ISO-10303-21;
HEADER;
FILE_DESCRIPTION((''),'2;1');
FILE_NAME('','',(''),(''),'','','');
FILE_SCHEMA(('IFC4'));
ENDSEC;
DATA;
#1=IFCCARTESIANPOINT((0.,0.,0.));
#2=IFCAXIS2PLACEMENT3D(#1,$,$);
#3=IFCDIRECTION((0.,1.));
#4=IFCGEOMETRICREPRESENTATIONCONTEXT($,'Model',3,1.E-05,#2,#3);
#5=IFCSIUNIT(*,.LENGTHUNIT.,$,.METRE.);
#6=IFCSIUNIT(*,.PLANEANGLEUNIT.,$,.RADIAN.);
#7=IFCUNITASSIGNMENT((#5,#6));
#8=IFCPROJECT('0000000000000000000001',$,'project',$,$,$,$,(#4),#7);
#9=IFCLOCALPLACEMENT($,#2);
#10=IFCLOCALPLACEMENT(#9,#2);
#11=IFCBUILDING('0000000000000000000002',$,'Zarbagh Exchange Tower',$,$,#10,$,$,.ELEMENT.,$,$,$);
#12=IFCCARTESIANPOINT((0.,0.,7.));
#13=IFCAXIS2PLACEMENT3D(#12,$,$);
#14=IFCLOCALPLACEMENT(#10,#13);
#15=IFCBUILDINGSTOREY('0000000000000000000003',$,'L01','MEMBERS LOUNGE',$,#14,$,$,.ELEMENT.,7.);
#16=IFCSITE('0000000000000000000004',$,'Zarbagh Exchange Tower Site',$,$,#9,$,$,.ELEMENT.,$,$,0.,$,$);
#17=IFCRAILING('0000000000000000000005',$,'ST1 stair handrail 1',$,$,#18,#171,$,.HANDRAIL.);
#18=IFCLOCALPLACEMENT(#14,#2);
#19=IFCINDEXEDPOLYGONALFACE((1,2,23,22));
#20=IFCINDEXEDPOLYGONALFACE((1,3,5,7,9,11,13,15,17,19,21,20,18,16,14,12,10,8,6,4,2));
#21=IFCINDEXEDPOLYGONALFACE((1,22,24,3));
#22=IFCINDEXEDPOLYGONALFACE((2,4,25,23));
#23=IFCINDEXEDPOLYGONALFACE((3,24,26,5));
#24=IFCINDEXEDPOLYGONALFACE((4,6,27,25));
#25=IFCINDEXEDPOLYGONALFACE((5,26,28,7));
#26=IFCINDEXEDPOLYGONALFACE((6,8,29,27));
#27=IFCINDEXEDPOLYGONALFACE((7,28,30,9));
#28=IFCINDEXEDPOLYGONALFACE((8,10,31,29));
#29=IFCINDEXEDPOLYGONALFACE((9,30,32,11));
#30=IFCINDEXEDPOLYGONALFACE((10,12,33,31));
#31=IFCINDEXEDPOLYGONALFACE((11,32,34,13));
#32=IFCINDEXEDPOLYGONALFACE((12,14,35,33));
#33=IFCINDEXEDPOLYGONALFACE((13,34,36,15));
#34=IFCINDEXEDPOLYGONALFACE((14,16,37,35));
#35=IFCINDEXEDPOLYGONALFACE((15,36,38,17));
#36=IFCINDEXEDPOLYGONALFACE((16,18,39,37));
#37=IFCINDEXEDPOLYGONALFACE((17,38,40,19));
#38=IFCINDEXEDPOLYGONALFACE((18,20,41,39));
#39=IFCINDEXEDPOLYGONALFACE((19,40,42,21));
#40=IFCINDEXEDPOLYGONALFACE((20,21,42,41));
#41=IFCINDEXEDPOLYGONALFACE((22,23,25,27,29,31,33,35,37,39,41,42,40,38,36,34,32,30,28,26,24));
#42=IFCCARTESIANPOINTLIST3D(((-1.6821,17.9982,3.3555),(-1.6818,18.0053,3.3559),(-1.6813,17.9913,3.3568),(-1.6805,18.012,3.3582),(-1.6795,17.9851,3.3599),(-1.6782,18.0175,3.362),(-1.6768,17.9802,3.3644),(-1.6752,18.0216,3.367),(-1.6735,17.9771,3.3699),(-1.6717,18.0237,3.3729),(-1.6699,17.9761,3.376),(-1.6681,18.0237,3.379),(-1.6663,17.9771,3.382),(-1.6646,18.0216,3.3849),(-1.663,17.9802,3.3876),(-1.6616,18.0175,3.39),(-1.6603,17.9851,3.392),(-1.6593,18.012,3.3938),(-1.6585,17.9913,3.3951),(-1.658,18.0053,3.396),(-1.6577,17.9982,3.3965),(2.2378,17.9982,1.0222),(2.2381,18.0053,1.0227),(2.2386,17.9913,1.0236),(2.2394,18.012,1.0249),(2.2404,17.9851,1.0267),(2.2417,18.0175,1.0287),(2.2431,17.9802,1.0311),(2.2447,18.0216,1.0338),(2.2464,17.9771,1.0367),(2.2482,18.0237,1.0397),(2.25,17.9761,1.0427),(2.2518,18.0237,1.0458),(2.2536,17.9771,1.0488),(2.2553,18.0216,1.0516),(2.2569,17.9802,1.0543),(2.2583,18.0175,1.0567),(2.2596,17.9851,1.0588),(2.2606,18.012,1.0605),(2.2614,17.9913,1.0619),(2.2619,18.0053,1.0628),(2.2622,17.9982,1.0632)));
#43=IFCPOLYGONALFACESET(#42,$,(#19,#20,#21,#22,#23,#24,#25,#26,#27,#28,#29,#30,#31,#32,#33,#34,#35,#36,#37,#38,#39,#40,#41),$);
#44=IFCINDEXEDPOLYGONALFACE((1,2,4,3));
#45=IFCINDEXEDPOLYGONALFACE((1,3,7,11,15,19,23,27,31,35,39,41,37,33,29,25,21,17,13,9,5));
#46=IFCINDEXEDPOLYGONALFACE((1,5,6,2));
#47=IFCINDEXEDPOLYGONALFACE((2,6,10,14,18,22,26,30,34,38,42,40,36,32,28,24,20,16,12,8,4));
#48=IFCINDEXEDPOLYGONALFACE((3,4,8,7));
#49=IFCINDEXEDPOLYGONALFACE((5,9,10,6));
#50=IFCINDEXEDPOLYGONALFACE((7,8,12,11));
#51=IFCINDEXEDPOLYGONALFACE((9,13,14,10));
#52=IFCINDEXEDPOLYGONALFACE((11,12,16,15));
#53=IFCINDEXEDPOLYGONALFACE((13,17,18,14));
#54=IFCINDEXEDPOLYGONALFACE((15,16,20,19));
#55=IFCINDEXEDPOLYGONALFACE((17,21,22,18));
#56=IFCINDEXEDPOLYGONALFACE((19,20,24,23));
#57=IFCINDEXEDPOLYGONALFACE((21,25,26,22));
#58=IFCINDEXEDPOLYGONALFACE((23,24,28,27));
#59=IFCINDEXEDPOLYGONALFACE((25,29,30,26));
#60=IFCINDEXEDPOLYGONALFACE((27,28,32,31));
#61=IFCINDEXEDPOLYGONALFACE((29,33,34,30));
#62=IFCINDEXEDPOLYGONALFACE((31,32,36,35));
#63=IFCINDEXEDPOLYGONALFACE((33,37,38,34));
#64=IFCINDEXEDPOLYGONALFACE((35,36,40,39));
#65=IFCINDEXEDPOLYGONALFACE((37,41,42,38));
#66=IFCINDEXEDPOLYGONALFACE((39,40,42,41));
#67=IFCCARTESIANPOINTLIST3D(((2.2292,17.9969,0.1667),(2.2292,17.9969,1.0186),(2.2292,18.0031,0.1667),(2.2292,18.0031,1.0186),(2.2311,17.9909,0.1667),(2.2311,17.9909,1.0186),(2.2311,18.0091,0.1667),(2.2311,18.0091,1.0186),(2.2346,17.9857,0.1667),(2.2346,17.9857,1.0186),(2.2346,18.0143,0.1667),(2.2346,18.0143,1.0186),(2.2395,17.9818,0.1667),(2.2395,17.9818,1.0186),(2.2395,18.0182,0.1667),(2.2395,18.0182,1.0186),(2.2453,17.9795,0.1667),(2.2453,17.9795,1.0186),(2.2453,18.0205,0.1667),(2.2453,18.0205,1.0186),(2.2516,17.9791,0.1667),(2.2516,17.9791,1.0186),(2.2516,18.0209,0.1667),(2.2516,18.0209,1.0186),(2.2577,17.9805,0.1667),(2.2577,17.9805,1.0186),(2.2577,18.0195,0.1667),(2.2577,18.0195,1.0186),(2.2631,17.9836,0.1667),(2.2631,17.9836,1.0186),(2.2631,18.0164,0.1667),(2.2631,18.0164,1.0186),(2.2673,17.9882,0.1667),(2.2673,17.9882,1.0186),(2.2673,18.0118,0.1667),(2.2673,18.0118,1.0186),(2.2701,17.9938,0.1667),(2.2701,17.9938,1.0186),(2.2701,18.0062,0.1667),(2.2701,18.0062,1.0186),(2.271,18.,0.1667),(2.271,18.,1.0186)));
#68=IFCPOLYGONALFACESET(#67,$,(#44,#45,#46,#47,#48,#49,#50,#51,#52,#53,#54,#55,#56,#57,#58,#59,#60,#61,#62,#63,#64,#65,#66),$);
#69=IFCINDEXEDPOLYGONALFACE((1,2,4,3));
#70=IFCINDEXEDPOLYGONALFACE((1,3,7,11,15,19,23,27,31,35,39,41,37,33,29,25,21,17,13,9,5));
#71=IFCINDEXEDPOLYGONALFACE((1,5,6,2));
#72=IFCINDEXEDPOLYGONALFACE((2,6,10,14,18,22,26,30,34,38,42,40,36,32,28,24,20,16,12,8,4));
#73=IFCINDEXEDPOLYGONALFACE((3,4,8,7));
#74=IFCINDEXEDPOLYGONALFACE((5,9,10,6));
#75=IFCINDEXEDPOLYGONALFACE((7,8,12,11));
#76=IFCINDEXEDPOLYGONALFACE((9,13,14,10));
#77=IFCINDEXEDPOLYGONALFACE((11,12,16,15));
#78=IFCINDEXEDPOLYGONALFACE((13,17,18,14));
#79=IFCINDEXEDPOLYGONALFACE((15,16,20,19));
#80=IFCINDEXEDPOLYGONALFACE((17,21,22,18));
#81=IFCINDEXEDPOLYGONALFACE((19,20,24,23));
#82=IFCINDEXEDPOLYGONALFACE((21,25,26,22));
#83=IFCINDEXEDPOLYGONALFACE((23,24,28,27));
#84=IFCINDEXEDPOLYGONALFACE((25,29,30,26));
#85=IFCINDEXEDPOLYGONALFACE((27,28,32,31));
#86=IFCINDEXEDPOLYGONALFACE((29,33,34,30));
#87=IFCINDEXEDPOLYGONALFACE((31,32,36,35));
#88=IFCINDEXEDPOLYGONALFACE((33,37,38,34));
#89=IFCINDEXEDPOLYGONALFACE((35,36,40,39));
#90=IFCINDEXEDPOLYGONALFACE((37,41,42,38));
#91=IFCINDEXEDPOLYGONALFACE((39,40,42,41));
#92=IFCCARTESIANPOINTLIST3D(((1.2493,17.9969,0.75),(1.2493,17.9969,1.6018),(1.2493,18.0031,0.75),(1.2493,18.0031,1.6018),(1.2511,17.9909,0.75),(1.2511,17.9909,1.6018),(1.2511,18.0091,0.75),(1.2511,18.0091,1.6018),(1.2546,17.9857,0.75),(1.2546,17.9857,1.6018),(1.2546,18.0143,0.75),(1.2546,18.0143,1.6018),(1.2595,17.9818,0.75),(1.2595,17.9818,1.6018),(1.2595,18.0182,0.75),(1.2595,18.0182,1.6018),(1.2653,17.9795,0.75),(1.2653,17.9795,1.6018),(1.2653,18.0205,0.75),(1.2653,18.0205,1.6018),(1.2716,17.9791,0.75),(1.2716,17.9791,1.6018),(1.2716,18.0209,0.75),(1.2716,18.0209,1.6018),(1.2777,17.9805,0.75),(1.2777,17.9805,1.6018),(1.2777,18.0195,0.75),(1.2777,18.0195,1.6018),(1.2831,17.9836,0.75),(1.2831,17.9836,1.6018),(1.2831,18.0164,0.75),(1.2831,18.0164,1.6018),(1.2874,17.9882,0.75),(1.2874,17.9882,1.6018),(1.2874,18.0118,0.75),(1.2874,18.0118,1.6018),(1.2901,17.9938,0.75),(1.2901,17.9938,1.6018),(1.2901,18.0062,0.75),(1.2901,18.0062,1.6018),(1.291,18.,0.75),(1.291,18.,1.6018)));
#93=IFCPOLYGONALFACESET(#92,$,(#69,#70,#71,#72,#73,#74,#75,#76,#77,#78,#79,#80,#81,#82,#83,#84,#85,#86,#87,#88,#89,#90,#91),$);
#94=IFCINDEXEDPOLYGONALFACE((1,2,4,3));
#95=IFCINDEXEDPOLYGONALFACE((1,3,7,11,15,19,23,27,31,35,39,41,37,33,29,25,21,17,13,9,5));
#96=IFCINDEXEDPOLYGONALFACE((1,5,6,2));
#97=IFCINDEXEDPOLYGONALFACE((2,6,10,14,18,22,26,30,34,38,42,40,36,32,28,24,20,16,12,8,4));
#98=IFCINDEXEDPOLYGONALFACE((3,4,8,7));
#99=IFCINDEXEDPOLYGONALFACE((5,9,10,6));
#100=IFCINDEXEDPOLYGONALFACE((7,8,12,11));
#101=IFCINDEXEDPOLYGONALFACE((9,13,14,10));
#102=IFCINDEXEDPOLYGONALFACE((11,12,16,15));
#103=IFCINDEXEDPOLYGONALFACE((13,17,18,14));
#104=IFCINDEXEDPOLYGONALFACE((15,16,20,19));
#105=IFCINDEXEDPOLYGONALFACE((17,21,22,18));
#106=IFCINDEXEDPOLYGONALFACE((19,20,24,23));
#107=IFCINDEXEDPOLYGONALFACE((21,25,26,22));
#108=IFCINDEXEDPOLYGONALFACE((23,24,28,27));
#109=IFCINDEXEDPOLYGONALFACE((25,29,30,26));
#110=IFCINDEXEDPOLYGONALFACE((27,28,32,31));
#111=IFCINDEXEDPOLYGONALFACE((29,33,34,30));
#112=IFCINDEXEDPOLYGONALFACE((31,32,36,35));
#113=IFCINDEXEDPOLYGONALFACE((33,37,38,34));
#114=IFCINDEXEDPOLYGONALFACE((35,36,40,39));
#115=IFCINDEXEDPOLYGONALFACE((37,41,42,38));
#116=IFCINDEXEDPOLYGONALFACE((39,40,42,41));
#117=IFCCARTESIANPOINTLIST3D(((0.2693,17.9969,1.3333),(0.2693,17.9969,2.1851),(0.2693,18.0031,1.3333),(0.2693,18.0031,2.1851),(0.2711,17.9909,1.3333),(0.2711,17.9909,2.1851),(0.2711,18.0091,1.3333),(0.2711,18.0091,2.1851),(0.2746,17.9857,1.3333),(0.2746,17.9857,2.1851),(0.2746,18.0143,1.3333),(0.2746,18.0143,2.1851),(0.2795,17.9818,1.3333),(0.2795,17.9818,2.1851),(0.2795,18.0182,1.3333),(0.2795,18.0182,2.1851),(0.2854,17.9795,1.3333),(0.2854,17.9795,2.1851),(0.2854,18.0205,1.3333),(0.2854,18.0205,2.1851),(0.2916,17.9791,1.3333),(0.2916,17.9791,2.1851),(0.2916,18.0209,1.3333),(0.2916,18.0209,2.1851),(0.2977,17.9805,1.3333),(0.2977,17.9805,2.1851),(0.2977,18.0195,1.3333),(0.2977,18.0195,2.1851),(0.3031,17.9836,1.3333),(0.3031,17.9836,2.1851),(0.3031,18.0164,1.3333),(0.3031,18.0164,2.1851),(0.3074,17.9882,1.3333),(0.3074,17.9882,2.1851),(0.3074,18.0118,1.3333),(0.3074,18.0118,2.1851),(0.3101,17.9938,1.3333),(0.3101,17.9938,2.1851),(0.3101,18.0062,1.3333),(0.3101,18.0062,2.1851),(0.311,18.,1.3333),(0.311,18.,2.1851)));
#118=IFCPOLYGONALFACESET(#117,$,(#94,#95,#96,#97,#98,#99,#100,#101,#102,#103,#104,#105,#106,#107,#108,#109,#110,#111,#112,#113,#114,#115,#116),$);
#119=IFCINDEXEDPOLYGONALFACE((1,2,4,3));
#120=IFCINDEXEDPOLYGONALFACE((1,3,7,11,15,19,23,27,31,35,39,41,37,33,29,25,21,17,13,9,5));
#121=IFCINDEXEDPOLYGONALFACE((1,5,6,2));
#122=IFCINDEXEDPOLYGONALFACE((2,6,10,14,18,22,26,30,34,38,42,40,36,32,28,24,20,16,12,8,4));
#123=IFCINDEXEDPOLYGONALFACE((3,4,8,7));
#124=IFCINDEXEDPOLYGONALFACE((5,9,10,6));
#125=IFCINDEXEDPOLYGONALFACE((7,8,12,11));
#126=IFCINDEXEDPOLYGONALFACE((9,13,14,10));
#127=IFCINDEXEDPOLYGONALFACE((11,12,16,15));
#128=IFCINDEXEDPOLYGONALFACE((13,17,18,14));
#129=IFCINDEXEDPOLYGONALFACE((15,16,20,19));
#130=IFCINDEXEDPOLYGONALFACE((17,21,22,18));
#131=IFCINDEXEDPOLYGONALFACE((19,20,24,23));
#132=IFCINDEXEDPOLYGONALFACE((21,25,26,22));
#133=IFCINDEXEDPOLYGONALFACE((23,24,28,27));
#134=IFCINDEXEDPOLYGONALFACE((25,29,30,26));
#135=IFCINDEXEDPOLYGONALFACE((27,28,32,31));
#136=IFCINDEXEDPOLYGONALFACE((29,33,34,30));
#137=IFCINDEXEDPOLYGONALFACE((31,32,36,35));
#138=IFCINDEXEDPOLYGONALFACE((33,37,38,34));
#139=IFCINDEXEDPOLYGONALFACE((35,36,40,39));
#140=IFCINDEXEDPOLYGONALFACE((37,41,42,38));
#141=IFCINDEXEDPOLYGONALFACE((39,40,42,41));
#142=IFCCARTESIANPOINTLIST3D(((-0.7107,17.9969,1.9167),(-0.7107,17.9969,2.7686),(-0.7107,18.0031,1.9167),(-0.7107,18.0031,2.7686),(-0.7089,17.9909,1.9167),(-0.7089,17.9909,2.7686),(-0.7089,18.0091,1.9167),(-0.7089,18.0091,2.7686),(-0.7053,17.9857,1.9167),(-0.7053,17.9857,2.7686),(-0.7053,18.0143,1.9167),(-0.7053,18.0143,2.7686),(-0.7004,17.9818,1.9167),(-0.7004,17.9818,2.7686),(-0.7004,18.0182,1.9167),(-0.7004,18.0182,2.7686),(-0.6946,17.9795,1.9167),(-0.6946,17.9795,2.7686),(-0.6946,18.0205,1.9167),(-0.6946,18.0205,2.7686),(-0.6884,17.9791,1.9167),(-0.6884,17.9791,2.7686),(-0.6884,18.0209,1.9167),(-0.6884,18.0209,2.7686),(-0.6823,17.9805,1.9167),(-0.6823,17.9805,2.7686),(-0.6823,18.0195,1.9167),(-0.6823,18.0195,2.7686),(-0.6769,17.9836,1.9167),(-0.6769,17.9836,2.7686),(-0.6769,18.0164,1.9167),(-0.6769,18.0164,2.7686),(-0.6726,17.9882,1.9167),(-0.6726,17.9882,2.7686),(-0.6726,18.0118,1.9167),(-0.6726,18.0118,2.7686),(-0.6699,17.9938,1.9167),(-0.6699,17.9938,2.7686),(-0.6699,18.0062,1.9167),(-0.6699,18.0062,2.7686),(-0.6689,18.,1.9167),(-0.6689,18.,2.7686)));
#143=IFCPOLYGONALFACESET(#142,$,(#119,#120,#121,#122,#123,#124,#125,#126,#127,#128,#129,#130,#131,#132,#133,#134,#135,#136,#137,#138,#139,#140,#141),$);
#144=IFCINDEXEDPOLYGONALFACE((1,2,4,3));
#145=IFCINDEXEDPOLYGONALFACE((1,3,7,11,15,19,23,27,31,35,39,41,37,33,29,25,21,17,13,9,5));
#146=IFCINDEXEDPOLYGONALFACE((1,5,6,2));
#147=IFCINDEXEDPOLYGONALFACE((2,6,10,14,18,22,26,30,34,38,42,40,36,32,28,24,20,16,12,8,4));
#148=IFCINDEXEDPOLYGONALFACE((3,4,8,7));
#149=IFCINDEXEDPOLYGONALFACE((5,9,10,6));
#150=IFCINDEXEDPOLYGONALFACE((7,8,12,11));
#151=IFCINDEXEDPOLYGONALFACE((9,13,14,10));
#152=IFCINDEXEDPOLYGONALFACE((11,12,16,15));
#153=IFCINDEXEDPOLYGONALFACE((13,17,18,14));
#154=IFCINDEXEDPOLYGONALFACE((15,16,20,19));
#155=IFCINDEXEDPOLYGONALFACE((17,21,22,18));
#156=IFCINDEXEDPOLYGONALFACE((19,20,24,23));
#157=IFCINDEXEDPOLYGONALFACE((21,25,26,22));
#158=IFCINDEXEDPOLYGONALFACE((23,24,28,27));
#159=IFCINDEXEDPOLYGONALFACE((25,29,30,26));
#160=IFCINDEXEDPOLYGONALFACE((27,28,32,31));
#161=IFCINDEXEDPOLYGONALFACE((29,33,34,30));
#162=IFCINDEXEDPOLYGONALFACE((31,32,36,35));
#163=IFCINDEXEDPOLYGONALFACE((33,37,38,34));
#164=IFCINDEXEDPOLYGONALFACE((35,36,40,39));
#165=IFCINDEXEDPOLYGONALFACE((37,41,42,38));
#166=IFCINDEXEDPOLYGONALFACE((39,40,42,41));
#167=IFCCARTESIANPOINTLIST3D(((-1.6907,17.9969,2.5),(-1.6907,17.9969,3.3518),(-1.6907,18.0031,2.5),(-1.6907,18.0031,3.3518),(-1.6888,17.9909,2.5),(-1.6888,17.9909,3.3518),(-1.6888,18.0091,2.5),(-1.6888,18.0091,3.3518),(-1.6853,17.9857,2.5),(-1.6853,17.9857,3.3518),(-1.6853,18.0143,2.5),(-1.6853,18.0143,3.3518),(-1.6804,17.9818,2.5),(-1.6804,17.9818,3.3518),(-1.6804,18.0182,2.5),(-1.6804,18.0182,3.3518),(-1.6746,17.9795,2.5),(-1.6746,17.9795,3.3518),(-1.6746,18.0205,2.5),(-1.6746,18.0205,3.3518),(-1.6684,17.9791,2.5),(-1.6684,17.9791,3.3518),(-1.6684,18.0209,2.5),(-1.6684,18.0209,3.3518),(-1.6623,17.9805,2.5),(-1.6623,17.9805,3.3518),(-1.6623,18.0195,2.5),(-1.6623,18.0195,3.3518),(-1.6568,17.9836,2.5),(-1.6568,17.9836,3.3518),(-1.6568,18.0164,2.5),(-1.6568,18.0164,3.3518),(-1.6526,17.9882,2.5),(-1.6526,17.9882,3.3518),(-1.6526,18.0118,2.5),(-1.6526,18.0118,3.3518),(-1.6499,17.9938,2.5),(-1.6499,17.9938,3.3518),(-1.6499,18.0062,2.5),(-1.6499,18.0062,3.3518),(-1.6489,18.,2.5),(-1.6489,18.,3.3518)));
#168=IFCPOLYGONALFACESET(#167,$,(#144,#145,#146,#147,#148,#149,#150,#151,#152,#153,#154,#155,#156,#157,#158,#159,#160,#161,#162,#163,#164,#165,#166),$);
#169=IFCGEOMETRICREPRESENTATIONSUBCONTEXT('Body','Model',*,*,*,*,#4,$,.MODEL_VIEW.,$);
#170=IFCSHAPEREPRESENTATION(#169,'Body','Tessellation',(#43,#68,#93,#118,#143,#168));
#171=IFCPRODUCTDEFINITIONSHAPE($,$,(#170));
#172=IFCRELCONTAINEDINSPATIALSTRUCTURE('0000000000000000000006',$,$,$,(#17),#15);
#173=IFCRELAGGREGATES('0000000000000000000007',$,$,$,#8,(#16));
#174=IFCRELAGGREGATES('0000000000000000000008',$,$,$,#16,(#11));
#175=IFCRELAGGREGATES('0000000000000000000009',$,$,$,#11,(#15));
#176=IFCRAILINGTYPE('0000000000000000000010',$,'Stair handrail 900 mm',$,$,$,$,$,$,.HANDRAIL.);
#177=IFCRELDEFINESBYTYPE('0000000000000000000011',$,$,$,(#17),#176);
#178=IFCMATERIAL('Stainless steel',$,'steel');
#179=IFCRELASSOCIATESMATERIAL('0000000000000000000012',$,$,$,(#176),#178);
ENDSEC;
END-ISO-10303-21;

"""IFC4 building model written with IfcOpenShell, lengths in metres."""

from ifc_helpers import new_model, si_unit, direction, frame, origin, origin_2d, place, context, subcontext, project, spatial, circle, extrude, material, type_object, element, save


model = new_model("IFC4")

# Units and contexts
model_context = context("Model", 3, precision=1e-05, world=origin(), true_north=direction((0.0, 1.0)))
body_context = subcontext(model_context, "Body", "Model", "MODEL_VIEW")
ifc_project = project(units=[si_unit("LENGTHUNIT", "METRE"), si_unit("PLANEANGLEUNIT", "RADIAN")], contexts=[model_context])

# Site, building, storey
site_placement = place(None, origin())
site = spatial("IfcSite", under=ifc_project, at=site_placement, Name="Zarbagh Exchange Tower Site", CompositionType="ELEMENT", RefElevation=0.0)
building_placement = place(site_placement, origin())
building = spatial("IfcBuilding", under=site, at=building_placement, Name="Zarbagh Exchange Tower", CompositionType="ELEMENT")
storey_placement = place(building_placement, frame((0.0, 0.0, 7.0)))
storey = spatial("IfcBuildingStorey", under=building, at=storey_placement, Name="L01", Description="MEMBERS LOUNGE", CompositionType="ELEMENT", Elevation=7.0)

# Shared definitions
ifc_material_1 = material(Name="Stainless steel", Category="steel")

# Railing
railing_type_1 = type_object("IfcRailingType", Name="Stair handrail 900 mm", PredefinedType="HANDRAIL", material=ifc_material_1)
for number, where, name in (
    (1, (2.25, 18.0, 0.1667), "ST1 stair handrail 1"),
):
    element("IfcRailing", number, at=place(storey_placement, frame(where)), inside=storey, type_object=railing_type_1, Name=name, PredefinedType="HANDRAIL", context=body_context, shape_type="SweptSolid", body=[
        extrude(circle(Radius=0.0239, at=origin_2d()), frame((0.0, 0.0, 0.876), z_axis=(-0.859296, 0.0, 0.511478), x_axis=(0.0, -1.0, 0.0)), (0.0, 0.0, 1.0), 4.5618),
        extrude(circle(Radius=0.021, at=origin_2d()), origin(), (0.0, 0.0, 1.0), 0.8518),
        extrude(circle(Radius=0.021, at=origin_2d()), frame((-0.98, 0.0, 0.5833)), (0.0, 0.0, 1.0), 0.8518),
        extrude(circle(Radius=0.021, at=origin_2d()), frame((-1.96, 0.0, 1.1665)), (0.0, 0.0, 1.0), 0.8518),
        extrude(circle(Radius=0.021, at=origin_2d()), frame((-2.9399, 0.0, 1.75)), (0.0, 0.0, 1.0), 0.8518),
        extrude(circle(Radius=0.021, at=origin_2d()), frame((-3.9199, 0.0, 2.3333)), (0.0, 0.0, 1.0), 0.8518),
    ])

save(model, "model.ifc")
